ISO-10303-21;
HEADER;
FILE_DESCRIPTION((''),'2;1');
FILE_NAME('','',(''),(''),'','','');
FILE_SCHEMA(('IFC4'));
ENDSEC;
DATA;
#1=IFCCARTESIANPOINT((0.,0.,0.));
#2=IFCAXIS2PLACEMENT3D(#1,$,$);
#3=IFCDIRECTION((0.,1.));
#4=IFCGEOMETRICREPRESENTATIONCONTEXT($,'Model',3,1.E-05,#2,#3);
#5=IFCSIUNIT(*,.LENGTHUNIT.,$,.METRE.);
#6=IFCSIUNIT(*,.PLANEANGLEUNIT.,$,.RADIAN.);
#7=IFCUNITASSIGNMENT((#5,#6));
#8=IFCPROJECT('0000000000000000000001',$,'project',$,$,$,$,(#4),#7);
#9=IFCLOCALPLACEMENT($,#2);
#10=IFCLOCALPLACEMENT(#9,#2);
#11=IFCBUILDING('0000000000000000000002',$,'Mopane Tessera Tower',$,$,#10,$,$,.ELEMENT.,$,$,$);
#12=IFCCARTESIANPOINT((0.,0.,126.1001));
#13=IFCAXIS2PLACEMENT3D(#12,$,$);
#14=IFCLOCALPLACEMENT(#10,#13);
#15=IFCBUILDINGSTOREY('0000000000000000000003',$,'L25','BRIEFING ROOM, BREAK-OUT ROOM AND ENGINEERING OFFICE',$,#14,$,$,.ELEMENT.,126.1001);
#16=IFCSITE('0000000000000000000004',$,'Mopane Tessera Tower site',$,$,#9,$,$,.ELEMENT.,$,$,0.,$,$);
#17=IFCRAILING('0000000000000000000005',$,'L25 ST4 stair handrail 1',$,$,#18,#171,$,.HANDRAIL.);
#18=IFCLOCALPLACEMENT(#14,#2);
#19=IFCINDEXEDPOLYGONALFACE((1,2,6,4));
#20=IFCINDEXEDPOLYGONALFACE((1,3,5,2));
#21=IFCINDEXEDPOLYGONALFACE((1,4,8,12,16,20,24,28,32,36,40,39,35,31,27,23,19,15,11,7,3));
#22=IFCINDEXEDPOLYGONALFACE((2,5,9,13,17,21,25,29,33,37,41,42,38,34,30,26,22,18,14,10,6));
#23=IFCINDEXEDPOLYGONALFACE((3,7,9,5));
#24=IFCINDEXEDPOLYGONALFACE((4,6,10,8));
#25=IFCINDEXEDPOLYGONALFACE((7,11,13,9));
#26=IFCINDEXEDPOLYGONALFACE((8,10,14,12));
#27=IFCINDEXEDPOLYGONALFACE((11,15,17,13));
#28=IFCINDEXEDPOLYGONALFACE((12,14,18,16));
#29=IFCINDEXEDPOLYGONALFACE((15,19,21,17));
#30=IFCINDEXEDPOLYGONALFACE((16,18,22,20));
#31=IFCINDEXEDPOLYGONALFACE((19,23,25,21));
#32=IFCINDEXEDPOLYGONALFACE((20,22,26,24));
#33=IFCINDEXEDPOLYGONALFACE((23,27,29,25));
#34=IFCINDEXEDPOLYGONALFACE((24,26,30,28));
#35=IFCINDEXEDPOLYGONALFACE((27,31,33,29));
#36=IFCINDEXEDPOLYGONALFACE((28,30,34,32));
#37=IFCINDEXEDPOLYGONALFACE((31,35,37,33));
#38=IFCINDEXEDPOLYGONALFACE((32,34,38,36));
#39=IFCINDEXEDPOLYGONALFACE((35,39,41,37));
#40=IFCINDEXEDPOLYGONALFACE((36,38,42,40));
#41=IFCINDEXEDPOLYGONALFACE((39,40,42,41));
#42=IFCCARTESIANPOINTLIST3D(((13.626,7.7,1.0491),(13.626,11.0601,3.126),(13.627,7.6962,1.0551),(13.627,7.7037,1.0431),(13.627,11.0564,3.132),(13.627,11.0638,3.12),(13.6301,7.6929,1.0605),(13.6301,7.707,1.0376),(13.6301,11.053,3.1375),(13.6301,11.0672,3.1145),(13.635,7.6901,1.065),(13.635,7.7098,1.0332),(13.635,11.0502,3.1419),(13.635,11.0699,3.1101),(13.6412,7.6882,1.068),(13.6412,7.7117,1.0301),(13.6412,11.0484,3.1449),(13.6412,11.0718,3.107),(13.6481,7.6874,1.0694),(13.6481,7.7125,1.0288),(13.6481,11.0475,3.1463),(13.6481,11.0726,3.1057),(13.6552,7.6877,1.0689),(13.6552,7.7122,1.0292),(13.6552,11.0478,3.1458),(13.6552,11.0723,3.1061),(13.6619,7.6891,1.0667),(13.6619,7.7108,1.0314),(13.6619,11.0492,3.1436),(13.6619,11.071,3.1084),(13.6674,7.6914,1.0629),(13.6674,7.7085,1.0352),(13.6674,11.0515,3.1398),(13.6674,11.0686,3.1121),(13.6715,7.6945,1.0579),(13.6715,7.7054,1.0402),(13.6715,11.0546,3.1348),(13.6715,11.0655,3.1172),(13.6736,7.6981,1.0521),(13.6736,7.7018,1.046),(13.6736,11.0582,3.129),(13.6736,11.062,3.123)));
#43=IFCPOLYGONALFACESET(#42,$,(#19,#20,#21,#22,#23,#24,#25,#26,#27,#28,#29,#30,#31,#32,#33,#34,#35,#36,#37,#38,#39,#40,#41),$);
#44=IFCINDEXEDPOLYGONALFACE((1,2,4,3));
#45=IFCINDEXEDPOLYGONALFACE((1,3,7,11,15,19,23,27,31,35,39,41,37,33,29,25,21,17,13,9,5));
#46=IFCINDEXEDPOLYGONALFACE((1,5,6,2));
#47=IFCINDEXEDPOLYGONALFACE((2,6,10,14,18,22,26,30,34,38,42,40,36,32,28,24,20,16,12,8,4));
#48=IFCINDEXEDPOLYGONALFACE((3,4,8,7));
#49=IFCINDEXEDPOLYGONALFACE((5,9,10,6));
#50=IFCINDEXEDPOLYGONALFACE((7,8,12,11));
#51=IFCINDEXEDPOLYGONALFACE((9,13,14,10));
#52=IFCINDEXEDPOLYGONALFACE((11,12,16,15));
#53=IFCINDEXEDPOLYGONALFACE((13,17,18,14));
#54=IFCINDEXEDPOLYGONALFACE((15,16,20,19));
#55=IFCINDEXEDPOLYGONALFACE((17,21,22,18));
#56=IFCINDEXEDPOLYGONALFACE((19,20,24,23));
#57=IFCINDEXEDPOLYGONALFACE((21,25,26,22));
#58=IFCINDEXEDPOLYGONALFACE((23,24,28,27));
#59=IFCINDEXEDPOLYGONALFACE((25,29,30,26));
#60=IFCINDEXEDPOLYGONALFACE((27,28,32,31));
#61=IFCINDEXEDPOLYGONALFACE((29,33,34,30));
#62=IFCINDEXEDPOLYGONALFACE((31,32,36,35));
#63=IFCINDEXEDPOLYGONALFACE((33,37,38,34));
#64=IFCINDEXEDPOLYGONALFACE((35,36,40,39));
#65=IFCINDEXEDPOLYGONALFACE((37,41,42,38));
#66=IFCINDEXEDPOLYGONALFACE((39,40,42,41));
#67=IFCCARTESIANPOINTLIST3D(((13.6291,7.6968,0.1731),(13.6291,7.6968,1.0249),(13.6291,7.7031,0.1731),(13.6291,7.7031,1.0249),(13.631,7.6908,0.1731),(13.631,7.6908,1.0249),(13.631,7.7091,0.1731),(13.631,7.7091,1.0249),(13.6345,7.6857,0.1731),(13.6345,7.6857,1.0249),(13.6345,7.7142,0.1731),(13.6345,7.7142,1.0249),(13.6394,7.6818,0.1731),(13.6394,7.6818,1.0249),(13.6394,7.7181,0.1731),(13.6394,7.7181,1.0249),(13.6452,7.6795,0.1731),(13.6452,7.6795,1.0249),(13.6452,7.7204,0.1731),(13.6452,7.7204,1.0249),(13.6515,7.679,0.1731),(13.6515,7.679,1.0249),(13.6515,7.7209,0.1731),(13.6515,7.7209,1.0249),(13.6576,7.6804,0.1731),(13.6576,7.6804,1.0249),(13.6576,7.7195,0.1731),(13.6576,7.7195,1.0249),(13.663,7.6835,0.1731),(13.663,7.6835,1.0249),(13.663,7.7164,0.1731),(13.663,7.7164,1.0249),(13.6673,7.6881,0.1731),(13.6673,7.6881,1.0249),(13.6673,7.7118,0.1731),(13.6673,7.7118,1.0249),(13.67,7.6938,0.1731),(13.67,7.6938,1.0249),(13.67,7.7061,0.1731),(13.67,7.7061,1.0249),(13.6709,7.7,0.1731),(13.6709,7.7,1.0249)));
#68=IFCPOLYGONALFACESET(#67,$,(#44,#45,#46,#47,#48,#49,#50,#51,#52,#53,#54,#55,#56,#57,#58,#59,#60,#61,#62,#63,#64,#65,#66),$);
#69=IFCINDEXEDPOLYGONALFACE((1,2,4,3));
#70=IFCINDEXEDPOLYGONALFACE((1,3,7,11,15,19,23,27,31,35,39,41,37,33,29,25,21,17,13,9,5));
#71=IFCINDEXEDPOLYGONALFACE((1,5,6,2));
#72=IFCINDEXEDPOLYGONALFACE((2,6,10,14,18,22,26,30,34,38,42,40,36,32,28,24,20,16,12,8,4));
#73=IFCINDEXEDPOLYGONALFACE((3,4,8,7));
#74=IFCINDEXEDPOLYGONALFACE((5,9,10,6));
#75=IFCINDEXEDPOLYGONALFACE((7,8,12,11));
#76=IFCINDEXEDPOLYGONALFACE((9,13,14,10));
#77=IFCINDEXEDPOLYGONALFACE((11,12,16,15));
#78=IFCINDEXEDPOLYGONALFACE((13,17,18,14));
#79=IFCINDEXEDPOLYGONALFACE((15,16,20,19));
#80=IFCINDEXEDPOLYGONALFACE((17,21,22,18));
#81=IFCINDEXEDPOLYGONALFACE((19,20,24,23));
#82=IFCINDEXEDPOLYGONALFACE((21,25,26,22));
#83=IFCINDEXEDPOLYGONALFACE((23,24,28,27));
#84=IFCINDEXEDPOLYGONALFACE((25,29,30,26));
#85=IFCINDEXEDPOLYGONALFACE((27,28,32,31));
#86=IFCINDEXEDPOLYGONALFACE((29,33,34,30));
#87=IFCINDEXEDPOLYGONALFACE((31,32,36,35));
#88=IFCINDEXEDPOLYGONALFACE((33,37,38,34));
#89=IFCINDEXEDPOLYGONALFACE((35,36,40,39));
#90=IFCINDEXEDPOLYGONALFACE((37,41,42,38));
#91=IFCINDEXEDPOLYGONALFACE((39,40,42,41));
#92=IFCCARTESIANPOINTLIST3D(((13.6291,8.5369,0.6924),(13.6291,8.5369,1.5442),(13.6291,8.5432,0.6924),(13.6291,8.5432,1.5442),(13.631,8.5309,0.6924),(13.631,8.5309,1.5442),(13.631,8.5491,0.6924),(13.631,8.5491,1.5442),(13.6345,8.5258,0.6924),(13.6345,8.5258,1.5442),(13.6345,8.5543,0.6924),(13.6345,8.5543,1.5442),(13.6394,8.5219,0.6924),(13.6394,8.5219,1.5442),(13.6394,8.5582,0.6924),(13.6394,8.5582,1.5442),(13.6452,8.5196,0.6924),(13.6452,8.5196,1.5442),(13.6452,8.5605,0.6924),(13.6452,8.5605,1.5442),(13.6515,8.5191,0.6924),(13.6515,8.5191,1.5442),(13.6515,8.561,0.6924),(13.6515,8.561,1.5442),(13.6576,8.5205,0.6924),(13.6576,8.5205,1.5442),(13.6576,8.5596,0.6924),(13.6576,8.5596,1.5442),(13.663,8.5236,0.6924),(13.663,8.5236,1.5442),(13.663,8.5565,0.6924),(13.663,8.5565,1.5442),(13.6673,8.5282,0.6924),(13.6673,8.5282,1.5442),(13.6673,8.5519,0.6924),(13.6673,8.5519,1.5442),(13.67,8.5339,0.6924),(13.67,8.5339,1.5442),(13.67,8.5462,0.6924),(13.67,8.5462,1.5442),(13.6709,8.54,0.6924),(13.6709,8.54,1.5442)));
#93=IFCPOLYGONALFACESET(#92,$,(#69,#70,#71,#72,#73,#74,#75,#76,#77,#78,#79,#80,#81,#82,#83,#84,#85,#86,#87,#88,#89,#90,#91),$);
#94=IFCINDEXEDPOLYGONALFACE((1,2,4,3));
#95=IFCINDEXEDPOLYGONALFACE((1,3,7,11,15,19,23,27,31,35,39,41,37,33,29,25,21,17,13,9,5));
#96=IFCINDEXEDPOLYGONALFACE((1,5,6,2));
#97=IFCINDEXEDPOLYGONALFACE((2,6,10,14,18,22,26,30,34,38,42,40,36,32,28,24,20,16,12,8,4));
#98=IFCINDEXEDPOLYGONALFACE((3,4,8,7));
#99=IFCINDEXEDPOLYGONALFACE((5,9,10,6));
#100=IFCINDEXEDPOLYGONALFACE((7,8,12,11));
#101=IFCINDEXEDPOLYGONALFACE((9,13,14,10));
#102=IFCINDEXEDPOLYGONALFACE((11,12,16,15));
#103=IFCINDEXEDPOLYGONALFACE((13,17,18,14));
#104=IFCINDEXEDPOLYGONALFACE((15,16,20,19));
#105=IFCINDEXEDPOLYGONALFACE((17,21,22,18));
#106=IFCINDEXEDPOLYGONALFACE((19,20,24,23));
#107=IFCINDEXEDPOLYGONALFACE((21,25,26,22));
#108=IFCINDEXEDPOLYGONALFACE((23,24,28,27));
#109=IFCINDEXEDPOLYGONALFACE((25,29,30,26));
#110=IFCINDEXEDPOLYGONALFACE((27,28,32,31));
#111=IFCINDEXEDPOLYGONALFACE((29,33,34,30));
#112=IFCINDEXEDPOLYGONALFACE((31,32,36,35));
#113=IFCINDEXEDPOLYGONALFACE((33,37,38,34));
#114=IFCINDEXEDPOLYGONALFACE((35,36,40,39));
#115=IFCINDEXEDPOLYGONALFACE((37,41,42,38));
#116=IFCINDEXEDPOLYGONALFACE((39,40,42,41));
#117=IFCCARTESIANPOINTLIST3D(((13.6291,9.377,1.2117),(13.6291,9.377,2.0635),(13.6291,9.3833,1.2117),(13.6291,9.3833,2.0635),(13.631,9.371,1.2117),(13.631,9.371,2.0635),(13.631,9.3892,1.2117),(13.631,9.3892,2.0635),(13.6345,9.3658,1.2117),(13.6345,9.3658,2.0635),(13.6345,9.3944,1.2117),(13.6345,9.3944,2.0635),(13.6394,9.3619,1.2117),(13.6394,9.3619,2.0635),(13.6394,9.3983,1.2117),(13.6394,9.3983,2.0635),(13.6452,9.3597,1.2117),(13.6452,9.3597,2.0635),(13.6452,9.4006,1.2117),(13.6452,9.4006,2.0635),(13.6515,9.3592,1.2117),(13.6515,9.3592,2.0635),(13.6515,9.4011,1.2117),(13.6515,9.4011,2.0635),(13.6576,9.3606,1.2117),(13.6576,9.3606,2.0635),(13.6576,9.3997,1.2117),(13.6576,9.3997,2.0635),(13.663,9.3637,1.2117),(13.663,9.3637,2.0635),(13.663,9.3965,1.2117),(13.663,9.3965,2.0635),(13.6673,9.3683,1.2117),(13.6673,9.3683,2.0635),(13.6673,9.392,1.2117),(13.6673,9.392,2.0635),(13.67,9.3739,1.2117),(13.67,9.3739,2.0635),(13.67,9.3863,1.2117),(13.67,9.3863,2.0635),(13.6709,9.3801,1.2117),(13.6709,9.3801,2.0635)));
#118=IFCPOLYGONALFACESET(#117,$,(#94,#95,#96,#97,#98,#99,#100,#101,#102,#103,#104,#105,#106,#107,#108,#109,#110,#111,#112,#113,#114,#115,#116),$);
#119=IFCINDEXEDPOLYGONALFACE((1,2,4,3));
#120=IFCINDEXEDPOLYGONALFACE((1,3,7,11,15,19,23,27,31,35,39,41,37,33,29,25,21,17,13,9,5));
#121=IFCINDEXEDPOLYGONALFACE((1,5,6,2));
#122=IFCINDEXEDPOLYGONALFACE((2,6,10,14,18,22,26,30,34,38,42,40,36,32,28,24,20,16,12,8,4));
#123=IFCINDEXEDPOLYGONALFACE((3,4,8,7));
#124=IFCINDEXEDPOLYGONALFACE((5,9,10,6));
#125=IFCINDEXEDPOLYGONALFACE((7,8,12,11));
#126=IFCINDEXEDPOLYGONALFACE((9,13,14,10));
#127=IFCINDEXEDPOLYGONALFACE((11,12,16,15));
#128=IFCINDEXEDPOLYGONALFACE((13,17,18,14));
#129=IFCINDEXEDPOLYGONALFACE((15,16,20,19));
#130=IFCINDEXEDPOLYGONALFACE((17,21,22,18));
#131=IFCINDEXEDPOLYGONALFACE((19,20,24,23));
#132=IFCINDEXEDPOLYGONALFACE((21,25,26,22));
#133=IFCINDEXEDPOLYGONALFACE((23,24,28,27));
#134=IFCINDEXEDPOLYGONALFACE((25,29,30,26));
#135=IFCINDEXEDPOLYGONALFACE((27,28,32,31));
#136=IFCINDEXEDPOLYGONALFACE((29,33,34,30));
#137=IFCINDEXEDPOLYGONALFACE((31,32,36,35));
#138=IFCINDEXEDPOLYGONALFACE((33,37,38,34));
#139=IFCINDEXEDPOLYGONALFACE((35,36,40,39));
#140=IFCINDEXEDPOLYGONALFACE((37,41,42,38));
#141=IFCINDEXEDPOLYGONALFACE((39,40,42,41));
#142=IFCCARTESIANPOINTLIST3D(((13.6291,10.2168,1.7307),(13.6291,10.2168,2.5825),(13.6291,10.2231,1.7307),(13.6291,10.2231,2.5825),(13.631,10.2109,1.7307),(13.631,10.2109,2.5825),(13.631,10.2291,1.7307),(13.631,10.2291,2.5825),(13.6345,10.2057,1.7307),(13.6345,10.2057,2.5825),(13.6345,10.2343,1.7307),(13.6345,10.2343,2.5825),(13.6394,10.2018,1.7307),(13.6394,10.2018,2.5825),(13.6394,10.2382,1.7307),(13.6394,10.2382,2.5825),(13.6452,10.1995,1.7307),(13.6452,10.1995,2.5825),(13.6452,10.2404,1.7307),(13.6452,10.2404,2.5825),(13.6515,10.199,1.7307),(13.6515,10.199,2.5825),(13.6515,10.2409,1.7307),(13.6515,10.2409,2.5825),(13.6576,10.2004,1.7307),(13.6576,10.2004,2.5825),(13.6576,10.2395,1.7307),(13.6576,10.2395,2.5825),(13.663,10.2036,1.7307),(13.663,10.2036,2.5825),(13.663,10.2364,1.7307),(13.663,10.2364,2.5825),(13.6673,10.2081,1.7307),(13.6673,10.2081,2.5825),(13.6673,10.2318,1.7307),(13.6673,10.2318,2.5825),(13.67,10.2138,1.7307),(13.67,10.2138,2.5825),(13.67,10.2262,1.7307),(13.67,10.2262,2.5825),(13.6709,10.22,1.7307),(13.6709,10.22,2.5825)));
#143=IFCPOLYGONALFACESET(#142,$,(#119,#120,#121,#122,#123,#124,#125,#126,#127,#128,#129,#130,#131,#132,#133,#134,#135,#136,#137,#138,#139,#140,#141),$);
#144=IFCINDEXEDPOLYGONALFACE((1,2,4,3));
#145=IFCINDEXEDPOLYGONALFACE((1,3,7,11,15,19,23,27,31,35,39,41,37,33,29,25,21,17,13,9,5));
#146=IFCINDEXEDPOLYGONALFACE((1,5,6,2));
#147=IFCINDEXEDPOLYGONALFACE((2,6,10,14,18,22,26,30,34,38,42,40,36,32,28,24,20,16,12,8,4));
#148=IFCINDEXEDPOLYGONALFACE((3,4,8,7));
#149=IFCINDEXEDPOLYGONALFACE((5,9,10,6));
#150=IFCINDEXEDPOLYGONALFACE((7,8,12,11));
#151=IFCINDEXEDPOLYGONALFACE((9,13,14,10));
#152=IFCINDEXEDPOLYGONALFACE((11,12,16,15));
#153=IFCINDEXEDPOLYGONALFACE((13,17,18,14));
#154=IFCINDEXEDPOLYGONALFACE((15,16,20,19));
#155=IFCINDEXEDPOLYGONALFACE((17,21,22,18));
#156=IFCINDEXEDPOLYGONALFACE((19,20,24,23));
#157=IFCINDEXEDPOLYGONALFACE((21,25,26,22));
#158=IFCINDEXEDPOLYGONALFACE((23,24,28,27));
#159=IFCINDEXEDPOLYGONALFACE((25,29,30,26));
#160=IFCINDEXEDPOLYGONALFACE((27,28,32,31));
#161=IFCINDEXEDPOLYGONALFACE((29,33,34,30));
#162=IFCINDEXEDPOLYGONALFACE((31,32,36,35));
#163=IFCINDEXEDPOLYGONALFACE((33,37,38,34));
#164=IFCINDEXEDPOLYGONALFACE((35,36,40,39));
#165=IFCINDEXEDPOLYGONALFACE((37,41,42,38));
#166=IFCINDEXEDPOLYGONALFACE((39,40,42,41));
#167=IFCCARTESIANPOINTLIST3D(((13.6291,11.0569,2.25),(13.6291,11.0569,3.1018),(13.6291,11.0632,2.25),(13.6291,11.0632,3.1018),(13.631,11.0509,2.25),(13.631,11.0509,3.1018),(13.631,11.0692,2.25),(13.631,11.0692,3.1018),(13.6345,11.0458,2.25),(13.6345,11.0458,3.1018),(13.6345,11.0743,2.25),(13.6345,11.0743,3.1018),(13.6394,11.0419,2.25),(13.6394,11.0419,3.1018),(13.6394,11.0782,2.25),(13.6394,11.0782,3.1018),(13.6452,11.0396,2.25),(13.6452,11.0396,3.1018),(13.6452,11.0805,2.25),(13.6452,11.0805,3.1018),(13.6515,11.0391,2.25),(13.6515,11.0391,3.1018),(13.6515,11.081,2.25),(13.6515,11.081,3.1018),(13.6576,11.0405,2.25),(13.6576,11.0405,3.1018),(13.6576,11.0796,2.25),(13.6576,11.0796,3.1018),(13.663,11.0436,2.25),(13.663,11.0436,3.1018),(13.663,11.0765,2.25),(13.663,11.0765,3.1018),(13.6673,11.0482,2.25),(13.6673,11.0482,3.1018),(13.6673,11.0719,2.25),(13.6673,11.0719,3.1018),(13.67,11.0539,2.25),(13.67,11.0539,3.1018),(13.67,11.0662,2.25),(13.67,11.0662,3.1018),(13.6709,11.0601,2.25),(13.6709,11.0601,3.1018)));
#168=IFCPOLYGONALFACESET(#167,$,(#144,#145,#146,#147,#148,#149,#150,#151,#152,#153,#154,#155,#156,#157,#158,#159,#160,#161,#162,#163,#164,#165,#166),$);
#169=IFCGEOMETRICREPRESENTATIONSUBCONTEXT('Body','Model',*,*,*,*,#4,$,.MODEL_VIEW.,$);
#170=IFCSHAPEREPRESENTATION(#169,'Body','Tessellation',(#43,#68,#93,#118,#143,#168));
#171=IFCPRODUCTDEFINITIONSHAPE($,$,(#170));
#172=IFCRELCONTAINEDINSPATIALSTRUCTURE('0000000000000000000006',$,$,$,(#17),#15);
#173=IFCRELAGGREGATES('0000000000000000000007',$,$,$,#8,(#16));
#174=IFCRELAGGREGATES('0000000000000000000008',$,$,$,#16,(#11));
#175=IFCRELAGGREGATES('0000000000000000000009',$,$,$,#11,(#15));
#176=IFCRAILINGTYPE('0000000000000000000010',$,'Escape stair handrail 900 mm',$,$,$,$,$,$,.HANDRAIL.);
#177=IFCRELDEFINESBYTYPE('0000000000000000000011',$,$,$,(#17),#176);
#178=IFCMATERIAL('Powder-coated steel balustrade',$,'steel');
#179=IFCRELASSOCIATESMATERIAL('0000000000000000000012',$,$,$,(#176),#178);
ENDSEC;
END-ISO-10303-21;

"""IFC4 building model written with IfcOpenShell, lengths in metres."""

from ifc_helpers import new_model, si_unit, direction, frame, origin, origin_2d, place, context, subcontext, project, spatial, circle, extrude, material, type_object, element, save


model = new_model("IFC4")

# Units and contexts
model_context = context("Model", 3, precision=1e-05, world=origin(), true_north=direction((0.0, 1.0)))
body_context = subcontext(model_context, "Body", "Model", "MODEL_VIEW")
ifc_project = project(units=[si_unit("LENGTHUNIT", "METRE"), si_unit("PLANEANGLEUNIT", "RADIAN")], contexts=[model_context])

# Site, building, storey
site_placement = place(None, origin())
site = spatial("IfcSite", under=ifc_project, at=site_placement, Name="Mopane Tessera Tower site", CompositionType="ELEMENT", RefElevation=0.0)
building_placement = place(site_placement, origin())
building = spatial("IfcBuilding", under=site, at=building_placement, Name="Mopane Tessera Tower", CompositionType="ELEMENT")
storey_placement = place(building_placement, frame((0.0, 0.0, 126.1001)))
storey = spatial("IfcBuildingStorey", under=building, at=storey_placement, Name="L25", Description="BRIEFING ROOM, BREAK-OUT ROOM AND ENGINEERING OFFICE", CompositionType="ELEMENT", Elevation=126.1001)

# Railing
ifc_material_1 = material(Name="Powder-coated steel balustrade", Category="steel")
railing_type_1 = type_object("IfcRailingType", Name="Escape stair handrail 900 mm", PredefinedType="HANDRAIL", material=ifc_material_1)
railing_1_placement = place(storey_placement, frame((13.6499, 7.7, 0.1731)))
element("IfcRailing", 1, at=railing_1_placement, inside=storey, type_object=railing_type_1, Name="L25 ST4 stair handrail 1", PredefinedType="HANDRAIL", context=body_context, shape_type="SweptSolid", body=[
    extrude(circle(Radius=0.0239, at=origin_2d()), frame((0.0, 0.0, 0.876), z_axis=(0.0, 0.850623, 0.525776), x_axis=(-1.0, 0.0, 0.0)), (0.0, 0.0, 1.0), 3.9502),
    extrude(circle(Radius=0.021, at=origin_2d()), origin(), (0.0, 0.0, 1.0), 0.8518),
    extrude(circle(Radius=0.021, at=origin_2d()), frame((0.0, 0.8401, 0.5193)), (0.0, 0.0, 1.0), 0.8518),
    extrude(circle(Radius=0.021, at=origin_2d()), frame((0.0, 1.6802, 1.0386)), (0.0, 0.0, 1.0), 0.8518),
    extrude(circle(Radius=0.021, at=origin_2d()), frame((0.0, 2.52, 1.5576)), (0.0, 0.0, 1.0), 0.8518),
    extrude(circle(Radius=0.021, at=origin_2d()), frame((0.0, 3.3601, 2.0769)), (0.0, 0.0, 1.0), 0.8518),
])

save(model, "model.ifc")
